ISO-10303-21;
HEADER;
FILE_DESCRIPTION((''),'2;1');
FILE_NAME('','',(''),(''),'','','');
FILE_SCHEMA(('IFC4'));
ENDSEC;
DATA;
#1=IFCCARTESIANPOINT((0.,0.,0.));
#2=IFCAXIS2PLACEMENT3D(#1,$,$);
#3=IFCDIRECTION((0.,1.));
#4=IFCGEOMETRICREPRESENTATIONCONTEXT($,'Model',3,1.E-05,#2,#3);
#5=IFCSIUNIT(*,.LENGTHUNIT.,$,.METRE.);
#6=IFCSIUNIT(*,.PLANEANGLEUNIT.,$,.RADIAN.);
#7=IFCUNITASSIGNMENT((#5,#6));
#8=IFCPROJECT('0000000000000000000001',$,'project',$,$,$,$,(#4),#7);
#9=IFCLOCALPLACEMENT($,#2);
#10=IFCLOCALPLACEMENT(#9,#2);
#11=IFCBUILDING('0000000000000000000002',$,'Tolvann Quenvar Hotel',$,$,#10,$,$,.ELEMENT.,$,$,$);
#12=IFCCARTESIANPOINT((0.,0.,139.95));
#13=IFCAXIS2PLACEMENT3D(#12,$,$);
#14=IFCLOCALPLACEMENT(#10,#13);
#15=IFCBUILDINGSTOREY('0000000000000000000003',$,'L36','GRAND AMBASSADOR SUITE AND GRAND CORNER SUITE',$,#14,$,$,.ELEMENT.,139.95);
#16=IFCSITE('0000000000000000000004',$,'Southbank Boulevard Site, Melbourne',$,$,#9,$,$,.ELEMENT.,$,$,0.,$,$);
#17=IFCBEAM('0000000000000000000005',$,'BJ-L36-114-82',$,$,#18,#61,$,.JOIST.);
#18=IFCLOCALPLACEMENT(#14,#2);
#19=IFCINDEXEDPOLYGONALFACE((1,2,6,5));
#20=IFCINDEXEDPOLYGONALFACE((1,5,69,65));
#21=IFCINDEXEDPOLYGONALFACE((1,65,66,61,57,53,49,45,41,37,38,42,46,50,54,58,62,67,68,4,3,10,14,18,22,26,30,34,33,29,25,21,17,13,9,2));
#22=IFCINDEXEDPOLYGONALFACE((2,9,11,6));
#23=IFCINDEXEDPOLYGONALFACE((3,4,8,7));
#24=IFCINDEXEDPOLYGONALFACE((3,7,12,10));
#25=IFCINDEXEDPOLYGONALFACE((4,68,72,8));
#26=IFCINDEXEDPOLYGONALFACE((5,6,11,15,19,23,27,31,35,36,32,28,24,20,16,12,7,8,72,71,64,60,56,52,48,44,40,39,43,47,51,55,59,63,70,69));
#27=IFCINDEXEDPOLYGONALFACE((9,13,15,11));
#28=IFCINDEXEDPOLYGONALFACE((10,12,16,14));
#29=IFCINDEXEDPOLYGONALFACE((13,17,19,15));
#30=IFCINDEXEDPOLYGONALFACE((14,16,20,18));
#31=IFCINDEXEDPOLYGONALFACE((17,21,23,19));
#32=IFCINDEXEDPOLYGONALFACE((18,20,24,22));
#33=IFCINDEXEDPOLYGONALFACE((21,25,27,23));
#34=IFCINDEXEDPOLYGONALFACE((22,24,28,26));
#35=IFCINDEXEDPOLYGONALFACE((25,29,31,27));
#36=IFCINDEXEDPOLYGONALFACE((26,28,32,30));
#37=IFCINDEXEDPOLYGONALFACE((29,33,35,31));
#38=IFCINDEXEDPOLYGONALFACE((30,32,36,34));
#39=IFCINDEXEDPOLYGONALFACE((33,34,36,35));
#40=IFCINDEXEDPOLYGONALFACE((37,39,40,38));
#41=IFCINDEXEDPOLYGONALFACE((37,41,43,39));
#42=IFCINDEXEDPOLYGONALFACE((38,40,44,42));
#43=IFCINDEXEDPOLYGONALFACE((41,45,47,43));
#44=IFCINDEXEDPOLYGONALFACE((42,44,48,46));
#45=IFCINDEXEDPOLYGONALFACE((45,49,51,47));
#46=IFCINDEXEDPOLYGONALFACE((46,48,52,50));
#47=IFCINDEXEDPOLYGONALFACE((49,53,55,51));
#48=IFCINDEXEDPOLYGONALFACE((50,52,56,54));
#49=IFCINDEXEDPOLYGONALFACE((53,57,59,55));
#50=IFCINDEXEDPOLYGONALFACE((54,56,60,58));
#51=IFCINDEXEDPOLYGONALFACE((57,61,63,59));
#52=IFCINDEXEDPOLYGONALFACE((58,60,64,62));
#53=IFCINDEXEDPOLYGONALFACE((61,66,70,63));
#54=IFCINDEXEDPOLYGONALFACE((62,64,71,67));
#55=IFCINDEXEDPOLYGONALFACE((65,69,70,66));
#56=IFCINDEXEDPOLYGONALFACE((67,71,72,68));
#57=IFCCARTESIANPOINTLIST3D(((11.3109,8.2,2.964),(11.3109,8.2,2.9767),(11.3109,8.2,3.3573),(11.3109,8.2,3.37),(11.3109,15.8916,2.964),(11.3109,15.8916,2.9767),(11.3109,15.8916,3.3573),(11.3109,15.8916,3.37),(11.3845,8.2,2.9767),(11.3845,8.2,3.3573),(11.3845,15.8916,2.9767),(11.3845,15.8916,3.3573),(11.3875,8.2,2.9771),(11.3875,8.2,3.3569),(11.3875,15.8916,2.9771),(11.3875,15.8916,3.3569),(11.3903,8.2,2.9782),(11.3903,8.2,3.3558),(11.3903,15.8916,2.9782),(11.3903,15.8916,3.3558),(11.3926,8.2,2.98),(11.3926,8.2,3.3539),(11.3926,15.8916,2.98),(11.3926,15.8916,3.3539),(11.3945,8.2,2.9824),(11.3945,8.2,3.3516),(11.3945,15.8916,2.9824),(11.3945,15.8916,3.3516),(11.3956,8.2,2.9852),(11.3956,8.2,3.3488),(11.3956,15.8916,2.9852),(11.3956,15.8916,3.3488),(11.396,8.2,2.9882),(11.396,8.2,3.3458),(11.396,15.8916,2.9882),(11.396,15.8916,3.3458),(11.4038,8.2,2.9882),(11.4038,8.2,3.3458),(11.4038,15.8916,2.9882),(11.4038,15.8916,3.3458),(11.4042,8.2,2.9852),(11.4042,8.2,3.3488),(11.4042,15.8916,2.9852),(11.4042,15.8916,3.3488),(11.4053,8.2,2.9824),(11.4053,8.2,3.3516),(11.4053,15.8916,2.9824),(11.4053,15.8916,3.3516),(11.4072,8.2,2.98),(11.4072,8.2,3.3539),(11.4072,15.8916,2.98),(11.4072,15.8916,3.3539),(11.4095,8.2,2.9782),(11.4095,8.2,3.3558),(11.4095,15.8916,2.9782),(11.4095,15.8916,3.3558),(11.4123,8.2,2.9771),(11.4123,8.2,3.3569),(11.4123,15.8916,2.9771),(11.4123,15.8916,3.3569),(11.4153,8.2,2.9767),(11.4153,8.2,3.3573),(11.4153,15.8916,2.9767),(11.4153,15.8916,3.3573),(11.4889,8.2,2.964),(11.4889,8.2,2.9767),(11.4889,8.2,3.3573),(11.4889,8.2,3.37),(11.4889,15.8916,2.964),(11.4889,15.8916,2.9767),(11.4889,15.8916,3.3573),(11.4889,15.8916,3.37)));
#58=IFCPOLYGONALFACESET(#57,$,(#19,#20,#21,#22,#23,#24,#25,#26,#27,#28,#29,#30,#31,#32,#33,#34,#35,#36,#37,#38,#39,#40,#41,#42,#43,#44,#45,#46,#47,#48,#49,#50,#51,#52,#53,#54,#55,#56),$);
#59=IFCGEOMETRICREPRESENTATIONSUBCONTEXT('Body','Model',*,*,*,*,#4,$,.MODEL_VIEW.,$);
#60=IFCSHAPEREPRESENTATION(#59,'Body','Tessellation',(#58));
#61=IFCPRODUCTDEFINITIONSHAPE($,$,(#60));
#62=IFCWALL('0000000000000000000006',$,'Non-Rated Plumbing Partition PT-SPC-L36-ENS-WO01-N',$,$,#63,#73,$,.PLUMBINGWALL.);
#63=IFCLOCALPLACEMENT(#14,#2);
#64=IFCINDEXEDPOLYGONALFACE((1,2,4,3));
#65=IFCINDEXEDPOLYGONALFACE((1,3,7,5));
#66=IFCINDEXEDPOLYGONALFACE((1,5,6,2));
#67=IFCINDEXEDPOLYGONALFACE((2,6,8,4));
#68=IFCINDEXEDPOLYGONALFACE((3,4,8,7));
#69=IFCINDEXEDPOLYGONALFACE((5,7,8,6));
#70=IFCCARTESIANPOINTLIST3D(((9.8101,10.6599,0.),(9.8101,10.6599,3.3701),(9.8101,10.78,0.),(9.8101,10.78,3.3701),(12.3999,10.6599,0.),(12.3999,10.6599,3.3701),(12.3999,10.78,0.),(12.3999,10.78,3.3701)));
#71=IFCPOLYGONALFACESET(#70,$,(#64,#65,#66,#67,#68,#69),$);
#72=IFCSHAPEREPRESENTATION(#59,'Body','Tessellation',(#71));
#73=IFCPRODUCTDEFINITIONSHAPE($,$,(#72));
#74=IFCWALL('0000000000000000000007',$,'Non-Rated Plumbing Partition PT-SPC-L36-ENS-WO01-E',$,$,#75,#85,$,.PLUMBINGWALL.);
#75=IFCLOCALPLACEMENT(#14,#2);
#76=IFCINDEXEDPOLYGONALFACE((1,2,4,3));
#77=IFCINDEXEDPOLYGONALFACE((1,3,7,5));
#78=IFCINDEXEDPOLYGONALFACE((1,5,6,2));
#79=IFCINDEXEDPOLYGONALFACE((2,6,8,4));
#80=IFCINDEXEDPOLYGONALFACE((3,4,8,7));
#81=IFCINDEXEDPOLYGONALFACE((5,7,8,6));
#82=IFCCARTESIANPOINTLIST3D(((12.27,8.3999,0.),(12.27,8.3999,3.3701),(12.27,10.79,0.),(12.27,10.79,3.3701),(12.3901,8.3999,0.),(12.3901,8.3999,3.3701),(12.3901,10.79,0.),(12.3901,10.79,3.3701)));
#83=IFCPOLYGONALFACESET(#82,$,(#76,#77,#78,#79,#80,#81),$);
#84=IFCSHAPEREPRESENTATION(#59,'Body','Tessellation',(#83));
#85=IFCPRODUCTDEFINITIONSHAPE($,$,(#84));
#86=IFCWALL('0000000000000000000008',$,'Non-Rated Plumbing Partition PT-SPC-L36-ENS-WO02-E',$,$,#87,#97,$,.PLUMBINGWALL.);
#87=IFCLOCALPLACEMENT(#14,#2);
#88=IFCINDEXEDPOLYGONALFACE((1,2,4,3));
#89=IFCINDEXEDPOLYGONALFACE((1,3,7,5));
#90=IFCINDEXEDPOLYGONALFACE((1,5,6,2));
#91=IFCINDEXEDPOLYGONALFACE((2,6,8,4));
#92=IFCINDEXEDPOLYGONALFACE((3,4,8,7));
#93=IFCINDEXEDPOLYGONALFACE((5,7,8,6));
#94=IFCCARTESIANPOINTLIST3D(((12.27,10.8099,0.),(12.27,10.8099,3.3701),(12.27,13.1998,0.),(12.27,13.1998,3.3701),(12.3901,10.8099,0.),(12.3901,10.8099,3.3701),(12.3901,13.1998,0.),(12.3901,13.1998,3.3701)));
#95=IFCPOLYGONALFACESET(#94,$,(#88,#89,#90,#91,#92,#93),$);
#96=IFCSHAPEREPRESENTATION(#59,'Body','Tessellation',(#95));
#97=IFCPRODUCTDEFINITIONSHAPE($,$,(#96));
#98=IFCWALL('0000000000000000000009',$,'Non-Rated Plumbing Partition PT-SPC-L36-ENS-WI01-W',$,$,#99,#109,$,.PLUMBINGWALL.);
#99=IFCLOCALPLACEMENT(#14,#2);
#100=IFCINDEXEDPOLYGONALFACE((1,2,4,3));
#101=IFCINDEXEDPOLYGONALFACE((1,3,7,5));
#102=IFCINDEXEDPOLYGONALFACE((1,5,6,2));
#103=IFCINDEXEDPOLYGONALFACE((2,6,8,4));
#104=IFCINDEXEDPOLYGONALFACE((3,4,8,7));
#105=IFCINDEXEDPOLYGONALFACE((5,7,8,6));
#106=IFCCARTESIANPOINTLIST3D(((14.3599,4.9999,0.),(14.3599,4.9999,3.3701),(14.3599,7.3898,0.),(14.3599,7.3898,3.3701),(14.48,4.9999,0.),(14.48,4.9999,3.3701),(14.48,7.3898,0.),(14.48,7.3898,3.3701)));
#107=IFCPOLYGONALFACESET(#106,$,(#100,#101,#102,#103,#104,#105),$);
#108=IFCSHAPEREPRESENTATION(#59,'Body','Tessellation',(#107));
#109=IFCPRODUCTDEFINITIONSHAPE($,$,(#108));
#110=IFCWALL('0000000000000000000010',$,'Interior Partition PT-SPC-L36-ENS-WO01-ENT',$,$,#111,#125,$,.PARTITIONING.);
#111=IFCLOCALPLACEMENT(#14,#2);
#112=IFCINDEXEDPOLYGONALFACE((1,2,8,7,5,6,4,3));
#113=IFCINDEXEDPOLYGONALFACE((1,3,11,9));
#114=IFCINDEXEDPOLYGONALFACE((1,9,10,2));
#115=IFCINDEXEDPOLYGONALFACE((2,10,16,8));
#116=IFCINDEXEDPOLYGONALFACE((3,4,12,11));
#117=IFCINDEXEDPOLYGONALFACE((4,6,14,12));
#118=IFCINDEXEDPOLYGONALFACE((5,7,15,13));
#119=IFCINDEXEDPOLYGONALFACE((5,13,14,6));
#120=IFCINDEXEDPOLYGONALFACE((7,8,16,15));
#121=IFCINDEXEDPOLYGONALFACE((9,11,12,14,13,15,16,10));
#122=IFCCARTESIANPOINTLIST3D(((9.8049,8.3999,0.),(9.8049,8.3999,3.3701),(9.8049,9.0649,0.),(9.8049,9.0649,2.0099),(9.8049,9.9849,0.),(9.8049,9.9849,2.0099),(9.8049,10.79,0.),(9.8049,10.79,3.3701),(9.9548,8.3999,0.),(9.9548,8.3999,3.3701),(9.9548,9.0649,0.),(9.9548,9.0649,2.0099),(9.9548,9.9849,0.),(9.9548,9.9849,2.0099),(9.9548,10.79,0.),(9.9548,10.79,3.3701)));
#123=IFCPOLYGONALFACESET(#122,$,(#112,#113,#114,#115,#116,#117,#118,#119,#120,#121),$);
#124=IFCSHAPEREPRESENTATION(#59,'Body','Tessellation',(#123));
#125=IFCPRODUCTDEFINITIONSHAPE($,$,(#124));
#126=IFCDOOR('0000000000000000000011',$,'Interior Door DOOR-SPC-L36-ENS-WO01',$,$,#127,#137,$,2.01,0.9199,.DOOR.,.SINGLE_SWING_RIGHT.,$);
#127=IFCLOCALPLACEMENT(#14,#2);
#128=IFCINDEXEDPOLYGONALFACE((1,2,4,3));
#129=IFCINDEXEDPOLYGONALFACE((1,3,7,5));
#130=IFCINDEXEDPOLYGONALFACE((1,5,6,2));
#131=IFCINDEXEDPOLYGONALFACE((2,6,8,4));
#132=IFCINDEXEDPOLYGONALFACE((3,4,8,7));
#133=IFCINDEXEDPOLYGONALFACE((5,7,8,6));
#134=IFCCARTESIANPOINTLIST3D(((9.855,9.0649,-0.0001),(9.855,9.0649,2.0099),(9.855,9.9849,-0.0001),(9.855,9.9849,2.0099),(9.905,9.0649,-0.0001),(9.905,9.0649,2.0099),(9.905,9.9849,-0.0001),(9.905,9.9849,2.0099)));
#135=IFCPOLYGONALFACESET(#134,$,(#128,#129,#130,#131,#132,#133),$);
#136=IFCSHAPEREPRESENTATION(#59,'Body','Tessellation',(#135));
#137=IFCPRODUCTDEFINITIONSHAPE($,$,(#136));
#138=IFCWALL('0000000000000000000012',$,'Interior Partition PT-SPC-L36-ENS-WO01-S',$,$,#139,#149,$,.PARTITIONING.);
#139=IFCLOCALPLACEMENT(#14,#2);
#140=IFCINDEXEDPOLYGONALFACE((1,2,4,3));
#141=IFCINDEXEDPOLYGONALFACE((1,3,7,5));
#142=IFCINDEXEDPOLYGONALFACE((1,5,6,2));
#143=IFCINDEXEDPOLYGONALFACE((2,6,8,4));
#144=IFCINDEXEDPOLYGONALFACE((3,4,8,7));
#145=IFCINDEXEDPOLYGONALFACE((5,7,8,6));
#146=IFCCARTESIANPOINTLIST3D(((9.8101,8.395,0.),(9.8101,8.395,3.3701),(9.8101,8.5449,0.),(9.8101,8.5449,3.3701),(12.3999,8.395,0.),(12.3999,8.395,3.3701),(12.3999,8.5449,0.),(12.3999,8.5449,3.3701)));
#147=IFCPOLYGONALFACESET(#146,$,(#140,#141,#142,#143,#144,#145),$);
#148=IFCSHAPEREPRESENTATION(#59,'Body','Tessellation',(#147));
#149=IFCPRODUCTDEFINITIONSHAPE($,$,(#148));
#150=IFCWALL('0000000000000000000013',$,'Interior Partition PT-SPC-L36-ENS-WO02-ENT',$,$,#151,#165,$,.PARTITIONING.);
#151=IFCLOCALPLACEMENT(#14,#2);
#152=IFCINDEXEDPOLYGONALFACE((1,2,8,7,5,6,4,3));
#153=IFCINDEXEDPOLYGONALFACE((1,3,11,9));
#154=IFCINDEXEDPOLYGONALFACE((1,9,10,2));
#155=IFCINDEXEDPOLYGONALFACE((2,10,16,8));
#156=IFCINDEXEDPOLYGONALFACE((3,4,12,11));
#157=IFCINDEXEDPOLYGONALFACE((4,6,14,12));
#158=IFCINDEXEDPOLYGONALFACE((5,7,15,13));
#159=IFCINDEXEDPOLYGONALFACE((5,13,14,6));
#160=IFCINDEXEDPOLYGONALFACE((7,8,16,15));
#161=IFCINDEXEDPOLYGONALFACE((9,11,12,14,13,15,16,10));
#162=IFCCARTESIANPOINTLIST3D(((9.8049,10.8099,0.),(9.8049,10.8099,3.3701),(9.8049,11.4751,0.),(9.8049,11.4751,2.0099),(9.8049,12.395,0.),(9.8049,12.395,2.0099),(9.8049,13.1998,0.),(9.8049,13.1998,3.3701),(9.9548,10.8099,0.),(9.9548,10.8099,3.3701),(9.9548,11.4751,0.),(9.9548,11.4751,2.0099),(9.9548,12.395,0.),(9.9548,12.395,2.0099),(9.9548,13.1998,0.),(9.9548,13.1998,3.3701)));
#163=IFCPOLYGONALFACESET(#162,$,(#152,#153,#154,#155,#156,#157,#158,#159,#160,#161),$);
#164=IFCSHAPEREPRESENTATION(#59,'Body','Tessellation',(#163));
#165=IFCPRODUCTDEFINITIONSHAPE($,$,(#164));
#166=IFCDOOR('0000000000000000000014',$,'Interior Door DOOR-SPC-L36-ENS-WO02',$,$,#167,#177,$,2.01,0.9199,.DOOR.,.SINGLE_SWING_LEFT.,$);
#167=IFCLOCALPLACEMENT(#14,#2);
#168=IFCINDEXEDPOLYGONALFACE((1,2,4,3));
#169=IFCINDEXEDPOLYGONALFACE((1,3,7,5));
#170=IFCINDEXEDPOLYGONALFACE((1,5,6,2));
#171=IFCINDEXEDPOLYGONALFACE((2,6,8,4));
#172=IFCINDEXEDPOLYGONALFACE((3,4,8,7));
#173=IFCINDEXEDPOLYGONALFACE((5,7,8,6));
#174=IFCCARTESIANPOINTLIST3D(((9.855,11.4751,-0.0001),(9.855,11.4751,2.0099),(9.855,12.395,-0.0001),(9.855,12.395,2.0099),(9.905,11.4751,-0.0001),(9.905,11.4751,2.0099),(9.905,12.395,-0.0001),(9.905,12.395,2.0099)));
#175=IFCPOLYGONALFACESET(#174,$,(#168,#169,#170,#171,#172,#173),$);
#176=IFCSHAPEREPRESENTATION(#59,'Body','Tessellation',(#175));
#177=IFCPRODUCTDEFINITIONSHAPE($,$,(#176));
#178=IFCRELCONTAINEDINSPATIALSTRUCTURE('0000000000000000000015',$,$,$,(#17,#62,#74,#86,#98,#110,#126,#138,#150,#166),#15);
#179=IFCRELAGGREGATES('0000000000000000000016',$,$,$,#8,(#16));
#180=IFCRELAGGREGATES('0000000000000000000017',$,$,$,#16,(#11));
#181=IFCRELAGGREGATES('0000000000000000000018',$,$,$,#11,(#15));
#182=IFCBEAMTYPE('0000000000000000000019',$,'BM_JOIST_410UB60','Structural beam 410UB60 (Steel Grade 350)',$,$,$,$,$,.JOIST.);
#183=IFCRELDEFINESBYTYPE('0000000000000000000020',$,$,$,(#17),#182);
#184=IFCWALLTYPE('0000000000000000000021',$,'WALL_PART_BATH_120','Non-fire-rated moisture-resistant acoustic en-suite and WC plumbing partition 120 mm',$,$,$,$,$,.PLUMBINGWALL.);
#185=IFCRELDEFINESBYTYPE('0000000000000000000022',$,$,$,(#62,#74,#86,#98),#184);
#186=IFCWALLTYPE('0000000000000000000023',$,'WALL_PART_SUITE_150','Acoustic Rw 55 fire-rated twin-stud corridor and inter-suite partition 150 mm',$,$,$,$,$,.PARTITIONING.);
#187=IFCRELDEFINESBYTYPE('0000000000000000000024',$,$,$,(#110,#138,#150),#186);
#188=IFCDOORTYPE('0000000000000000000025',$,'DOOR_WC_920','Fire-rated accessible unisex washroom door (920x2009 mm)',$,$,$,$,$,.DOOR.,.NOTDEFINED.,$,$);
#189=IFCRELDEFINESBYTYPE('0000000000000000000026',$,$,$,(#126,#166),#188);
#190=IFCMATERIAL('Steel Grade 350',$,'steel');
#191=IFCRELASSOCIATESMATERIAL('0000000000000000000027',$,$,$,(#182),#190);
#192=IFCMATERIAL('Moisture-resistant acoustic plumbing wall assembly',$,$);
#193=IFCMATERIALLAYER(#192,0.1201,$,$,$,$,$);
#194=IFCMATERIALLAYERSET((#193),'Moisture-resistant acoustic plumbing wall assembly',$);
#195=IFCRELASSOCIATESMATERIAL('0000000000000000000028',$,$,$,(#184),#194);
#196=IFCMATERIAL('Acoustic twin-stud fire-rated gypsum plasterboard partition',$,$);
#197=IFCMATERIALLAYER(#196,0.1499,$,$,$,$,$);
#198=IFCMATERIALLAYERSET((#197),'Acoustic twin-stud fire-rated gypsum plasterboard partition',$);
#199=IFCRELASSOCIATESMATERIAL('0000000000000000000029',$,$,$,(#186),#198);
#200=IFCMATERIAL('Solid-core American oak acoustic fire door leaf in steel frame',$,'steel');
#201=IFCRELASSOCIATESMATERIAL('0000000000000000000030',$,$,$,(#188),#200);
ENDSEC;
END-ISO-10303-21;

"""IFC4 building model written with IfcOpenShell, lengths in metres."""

from ifc_helpers import new_model, si_unit, direction, frame, frame_2d, origin, origin_2d, place, context, subcontext, project, spatial, rectangle, i_section, extrude, source, transform, mapped, material, layer, layer_set, material_profile, profile_set, type_object, type_shapes, element, fill, save


model = new_model("IFC4")

# Units and contexts
model_context = context("Model", 3, precision=1e-05, world=origin(), true_north=direction((0.0, 1.0)))
body_context = subcontext(model_context, "Body", "Model", "MODEL_VIEW")
ifc_project = project(units=[si_unit("LENGTHUNIT", "METRE"), si_unit("PLANEANGLEUNIT", "RADIAN")], contexts=[model_context])

# Site, building, storey
site_placement = place(None, origin())
site = spatial("IfcSite", under=ifc_project, at=site_placement, Name="Southbank Boulevard Site, Melbourne", CompositionType="ELEMENT", RefElevation=0.0)
building_placement = place(site_placement, origin())
building = spatial("IfcBuilding", under=site, at=building_placement, Name="Tolvann Quenvar Hotel", CompositionType="ELEMENT")
storey_placement = place(building_placement, frame((0.0, 0.0, 139.95)))
storey = spatial("IfcBuildingStorey", under=building, at=storey_placement, Name="L36", Description="GRAND AMBASSADOR SUITE AND GRAND CORNER SUITE", CompositionType="ELEMENT", Elevation=139.95)

# Beam
ifc_material_1 = material(Name="Steel Grade 350", Category="steel")
ifc_material_profile = material_profile(ifc_material_1, i_section(OverallWidth=0.178, OverallDepth=0.406, WebThickness=0.0078, FlangeThickness=0.0127, FilletRadius=0.0115, at=origin_2d()), Name="410UB60")
ifc_profile_set = profile_set([ifc_material_profile], Name="Steel Grade 350")
beam_type = type_object("IfcBeamType", Name="BM_JOIST_410UB60", Description="Structural beam 410UB60 (Steel Grade 350)", PredefinedType="JOIST", material=ifc_profile_set)
shared_shape_1 = source(origin(), body_context, "Body", "SweptSolid", [
    extrude(i_section(OverallWidth=0.178, OverallDepth=0.406, WebThickness=0.0078, FlangeThickness=0.0127, FilletRadius=0.0115, at=origin_2d()), origin(), (0.0, 0.0, 1.0), 7.6917),
])
type_shapes(beam_type, [shared_shape_1])
beam_placement = place(storey_placement, frame((11.3999, 8.2, 3.167), z_axis=(0.0, 1.0, 0.0), x_axis=(-1.0, 0.0, 0.0)))
element("IfcBeam", 1, at=beam_placement, inside=storey, type_object=beam_type, Name="BJ-L36-114-82", PredefinedType="JOIST", context=body_context, shape_type="MappedRepresentation", body=[
    mapped(shared_shape_1, transform((0.0, 0.0, 0.0), x_axis=(1.0, 0.0, 0.0), y_axis=(0.0, 1.0, 0.0), z_axis=(0.0, 0.0, 1.0), scale=1.0)),
])

# Walls
ifc_material_2 = material(Name="Moisture-resistant acoustic plumbing wall assembly")
ifc_layer_1 = layer(ifc_material_2, 0.1201)
ifc_layer_set_1 = layer_set([ifc_layer_1], Name="Moisture-resistant acoustic plumbing wall assembly")
wall_type_1 = type_object("IfcWallType", Name="WALL_PART_BATH_120", Description="Non-fire-rated moisture-resistant acoustic en-suite and WC plumbing partition 120 mm", PredefinedType="PLUMBINGWALL", material=ifc_layer_set_1)
wall_1_placement = place(storey_placement, frame((9.8101, 10.72, 0.0), z_axis=(0.0, 0.0, 1.0), x_axis=(1.0, 0.0, 0.0)))
element("IfcWall", 2, at=wall_1_placement, inside=storey, type_object=wall_type_1, Name="Non-Rated Plumbing Partition PT-SPC-L36-ENS-WO01-N", PredefinedType="PLUMBINGWALL", context=body_context, shape_type="SweptSolid", body=[
    extrude(rectangle(XDim=2.5898, YDim=0.1201, at=frame_2d((1.2949, 0.0))), origin(), (0.0, 0.0, 1.0), 3.3701),
])
wall_2_placement = place(storey_placement, frame((12.3301, 8.3999, 0.0), z_axis=(0.0, 0.0, 1.0), x_axis=(0.0, 1.0, 0.0)))
element("IfcWall", 3, at=wall_2_placement, inside=storey, type_object=wall_type_1, Name="Non-Rated Plumbing Partition PT-SPC-L36-ENS-WO01-E", PredefinedType="PLUMBINGWALL", context=body_context, shape_type="SweptSolid", body=[
    extrude(rectangle(XDim=2.3901, YDim=0.1201, at=frame_2d((1.1951, 0.0))), origin(), (0.0, 0.0, 1.0), 3.3701),
])
for number, where, z_axis, x_axis, name in (
    (4, (12.3301, 10.8101, 0.0), (0.0, 0.0, 1.0), (0.0, 1.0, 0.0), "Non-Rated Plumbing Partition PT-SPC-L36-ENS-WO02-E"),
    (5, (14.4199, 5.0, 0.0), (0.0, 0.0, 1.0), (0.0, 1.0, 0.0), "Non-Rated Plumbing Partition PT-SPC-L36-ENS-WI01-W"),
):
    element("IfcWall", number, at=place(storey_placement, frame(where, z_axis=z_axis, x_axis=x_axis)), inside=storey, type_object=wall_type_1, Name=name, PredefinedType="PLUMBINGWALL", context=body_context, shape_type="SweptSolid", body=[
        extrude(rectangle(XDim=2.3899, YDim=0.1201, at=frame_2d((1.1948, 0.0))), origin(), (0.0, 0.0, 1.0), 3.3701),
    ])

# Wall, opening, door
ifc_material_3 = material(Name="Acoustic twin-stud fire-rated gypsum plasterboard partition")
ifc_layer_2 = layer(ifc_material_3, 0.1499)
ifc_layer_set_2 = layer_set([ifc_layer_2], Name="Acoustic twin-stud fire-rated gypsum plasterboard partition")
wall_type_2 = type_object("IfcWallType", Name="WALL_PART_SUITE_150", Description="Acoustic Rw 55 fire-rated twin-stud corridor and inter-suite partition 150 mm", PredefinedType="PARTITIONING", material=ifc_layer_set_2)
wall_3_placement = place(storey_placement, frame((9.8799, 8.3999, 0.0), z_axis=(0.0, 0.0, 1.0), x_axis=(0.0, 1.0, 0.0)))
wall_3 = element("IfcWall", 6, at=wall_3_placement, inside=storey, type_object=wall_type_2, Name="Interior Partition PT-SPC-L36-ENS-WO01-ENT", PredefinedType="PARTITIONING", context=body_context, shape_type="SweptSolid", body=[
    extrude(rectangle(XDim=2.3901, YDim=0.1499, at=frame_2d((1.1951, 0.0))), origin(), (0.0, 0.0, 1.0), 3.3701),
])
opening_1_placement = place(wall_3_placement, frame((0.665, 0.0, 0.0)))
opening_1 = element("IfcOpeningElement", 7, at=opening_1_placement, cuts=wall_3, PredefinedType="OPENING", context=body_context, shape_type="SweptSolid", body=[
    extrude(rectangle(XDim=0.9199, YDim=2.01, at=frame_2d((0.46, 1.0049))), frame((0.0, 0.085, 0.0), z_axis=(0.0, -1.0, 0.0), x_axis=(1.0, 0.0, 0.0)), (0.0, 0.0, 1.0), 0.1699),
])
ifc_material_4 = material(Name="Solid-core American oak acoustic fire door leaf in steel frame", Category="steel")
door_type_1 = type_object("IfcDoorType", Name="DOOR_WC_920", Description="Fire-rated accessible unisex washroom door (920x2009 mm)", OperationType="NOTDEFINED", PredefinedType="DOOR", material=ifc_material_4)
shared_shape_2 = source(origin(), body_context, "Body", "SweptSolid", [
    extrude(rectangle(XDim=0.9199, YDim=2.01, at=frame_2d((0.46, 1.0049))), frame((0.0, 0.0249, 0.0), z_axis=(0.0, -1.0, 0.0), x_axis=(1.0, 0.0, 0.0)), (0.0, 0.0, 1.0), 0.05),
])
type_shapes(door_type_1, [shared_shape_2])
door_1_placement = place(opening_1_placement, origin())
door_1 = element("IfcDoor", 8, at=door_1_placement, inside=storey, type_object=door_type_1, Name="Interior Door DOOR-SPC-L36-ENS-WO01", OperationType="SINGLE_SWING_RIGHT", OverallHeight=2.01, OverallWidth=0.9199, PredefinedType="DOOR", context=body_context, shape_type="MappedRepresentation", body=[
    mapped(shared_shape_2, transform((0.0, 0.0, 0.0), x_axis=(1.0, 0.0, 0.0), y_axis=(0.0, 1.0, 0.0), z_axis=(0.0, 0.0, 1.0), scale=1.0)),
])
fill(opening_1, door_1)

# Wall
wall_4_placement = place(storey_placement, frame((9.8101, 8.47, 0.0), z_axis=(0.0, 0.0, 1.0), x_axis=(1.0, 0.0, 0.0)))
element("IfcWall", 9, at=wall_4_placement, inside=storey, type_object=wall_type_2, Name="Interior Partition PT-SPC-L36-ENS-WO01-S", PredefinedType="PARTITIONING", context=body_context, shape_type="SweptSolid", body=[
    extrude(rectangle(XDim=2.5898, YDim=0.1499, at=frame_2d((1.2949, 0.0))), origin(), (0.0, 0.0, 1.0), 3.3701),
])

# Wall, opening, door
wall_5_placement = place(storey_placement, frame((9.8799, 10.8101, 0.0), z_axis=(0.0, 0.0, 1.0), x_axis=(0.0, 1.0, 0.0)))
wall_5 = element("IfcWall", 10, at=wall_5_placement, inside=storey, type_object=wall_type_2, Name="Interior Partition PT-SPC-L36-ENS-WO02-ENT", PredefinedType="PARTITIONING", context=body_context, shape_type="SweptSolid", body=[
    extrude(rectangle(XDim=2.3899, YDim=0.1499, at=frame_2d((1.1948, 0.0))), origin(), (0.0, 0.0, 1.0), 3.3701),
])
opening_2_placement = place(wall_5_placement, frame((0.665, 0.0, 0.0)))
opening_2 = element("IfcOpeningElement", 11, at=opening_2_placement, cuts=wall_5, PredefinedType="OPENING", context=body_context, shape_type="SweptSolid", body=[
    extrude(rectangle(XDim=0.9199, YDim=2.01, at=frame_2d((0.46, 1.0049))), frame((0.0, 0.085, 0.0), z_axis=(0.0, -1.0, 0.0), x_axis=(1.0, 0.0, 0.0)), (0.0, 0.0, 1.0), 0.1699),
])
door_2_placement = place(opening_2_placement, origin())
door_2 = element("IfcDoor", 12, at=door_2_placement, inside=storey, type_object=door_type_1, Name="Interior Door DOOR-SPC-L36-ENS-WO02", OperationType="SINGLE_SWING_LEFT", OverallHeight=2.01, OverallWidth=0.9199, PredefinedType="DOOR", context=body_context, shape_type="MappedRepresentation", body=[
    mapped(shared_shape_2, transform((0.0, 0.0, 0.0), x_axis=(1.0, 0.0, 0.0), y_axis=(0.0, 1.0, 0.0), z_axis=(0.0, 0.0, 1.0), scale=1.0)),
])
fill(opening_2, door_2)

save(model, "model.ifc")
